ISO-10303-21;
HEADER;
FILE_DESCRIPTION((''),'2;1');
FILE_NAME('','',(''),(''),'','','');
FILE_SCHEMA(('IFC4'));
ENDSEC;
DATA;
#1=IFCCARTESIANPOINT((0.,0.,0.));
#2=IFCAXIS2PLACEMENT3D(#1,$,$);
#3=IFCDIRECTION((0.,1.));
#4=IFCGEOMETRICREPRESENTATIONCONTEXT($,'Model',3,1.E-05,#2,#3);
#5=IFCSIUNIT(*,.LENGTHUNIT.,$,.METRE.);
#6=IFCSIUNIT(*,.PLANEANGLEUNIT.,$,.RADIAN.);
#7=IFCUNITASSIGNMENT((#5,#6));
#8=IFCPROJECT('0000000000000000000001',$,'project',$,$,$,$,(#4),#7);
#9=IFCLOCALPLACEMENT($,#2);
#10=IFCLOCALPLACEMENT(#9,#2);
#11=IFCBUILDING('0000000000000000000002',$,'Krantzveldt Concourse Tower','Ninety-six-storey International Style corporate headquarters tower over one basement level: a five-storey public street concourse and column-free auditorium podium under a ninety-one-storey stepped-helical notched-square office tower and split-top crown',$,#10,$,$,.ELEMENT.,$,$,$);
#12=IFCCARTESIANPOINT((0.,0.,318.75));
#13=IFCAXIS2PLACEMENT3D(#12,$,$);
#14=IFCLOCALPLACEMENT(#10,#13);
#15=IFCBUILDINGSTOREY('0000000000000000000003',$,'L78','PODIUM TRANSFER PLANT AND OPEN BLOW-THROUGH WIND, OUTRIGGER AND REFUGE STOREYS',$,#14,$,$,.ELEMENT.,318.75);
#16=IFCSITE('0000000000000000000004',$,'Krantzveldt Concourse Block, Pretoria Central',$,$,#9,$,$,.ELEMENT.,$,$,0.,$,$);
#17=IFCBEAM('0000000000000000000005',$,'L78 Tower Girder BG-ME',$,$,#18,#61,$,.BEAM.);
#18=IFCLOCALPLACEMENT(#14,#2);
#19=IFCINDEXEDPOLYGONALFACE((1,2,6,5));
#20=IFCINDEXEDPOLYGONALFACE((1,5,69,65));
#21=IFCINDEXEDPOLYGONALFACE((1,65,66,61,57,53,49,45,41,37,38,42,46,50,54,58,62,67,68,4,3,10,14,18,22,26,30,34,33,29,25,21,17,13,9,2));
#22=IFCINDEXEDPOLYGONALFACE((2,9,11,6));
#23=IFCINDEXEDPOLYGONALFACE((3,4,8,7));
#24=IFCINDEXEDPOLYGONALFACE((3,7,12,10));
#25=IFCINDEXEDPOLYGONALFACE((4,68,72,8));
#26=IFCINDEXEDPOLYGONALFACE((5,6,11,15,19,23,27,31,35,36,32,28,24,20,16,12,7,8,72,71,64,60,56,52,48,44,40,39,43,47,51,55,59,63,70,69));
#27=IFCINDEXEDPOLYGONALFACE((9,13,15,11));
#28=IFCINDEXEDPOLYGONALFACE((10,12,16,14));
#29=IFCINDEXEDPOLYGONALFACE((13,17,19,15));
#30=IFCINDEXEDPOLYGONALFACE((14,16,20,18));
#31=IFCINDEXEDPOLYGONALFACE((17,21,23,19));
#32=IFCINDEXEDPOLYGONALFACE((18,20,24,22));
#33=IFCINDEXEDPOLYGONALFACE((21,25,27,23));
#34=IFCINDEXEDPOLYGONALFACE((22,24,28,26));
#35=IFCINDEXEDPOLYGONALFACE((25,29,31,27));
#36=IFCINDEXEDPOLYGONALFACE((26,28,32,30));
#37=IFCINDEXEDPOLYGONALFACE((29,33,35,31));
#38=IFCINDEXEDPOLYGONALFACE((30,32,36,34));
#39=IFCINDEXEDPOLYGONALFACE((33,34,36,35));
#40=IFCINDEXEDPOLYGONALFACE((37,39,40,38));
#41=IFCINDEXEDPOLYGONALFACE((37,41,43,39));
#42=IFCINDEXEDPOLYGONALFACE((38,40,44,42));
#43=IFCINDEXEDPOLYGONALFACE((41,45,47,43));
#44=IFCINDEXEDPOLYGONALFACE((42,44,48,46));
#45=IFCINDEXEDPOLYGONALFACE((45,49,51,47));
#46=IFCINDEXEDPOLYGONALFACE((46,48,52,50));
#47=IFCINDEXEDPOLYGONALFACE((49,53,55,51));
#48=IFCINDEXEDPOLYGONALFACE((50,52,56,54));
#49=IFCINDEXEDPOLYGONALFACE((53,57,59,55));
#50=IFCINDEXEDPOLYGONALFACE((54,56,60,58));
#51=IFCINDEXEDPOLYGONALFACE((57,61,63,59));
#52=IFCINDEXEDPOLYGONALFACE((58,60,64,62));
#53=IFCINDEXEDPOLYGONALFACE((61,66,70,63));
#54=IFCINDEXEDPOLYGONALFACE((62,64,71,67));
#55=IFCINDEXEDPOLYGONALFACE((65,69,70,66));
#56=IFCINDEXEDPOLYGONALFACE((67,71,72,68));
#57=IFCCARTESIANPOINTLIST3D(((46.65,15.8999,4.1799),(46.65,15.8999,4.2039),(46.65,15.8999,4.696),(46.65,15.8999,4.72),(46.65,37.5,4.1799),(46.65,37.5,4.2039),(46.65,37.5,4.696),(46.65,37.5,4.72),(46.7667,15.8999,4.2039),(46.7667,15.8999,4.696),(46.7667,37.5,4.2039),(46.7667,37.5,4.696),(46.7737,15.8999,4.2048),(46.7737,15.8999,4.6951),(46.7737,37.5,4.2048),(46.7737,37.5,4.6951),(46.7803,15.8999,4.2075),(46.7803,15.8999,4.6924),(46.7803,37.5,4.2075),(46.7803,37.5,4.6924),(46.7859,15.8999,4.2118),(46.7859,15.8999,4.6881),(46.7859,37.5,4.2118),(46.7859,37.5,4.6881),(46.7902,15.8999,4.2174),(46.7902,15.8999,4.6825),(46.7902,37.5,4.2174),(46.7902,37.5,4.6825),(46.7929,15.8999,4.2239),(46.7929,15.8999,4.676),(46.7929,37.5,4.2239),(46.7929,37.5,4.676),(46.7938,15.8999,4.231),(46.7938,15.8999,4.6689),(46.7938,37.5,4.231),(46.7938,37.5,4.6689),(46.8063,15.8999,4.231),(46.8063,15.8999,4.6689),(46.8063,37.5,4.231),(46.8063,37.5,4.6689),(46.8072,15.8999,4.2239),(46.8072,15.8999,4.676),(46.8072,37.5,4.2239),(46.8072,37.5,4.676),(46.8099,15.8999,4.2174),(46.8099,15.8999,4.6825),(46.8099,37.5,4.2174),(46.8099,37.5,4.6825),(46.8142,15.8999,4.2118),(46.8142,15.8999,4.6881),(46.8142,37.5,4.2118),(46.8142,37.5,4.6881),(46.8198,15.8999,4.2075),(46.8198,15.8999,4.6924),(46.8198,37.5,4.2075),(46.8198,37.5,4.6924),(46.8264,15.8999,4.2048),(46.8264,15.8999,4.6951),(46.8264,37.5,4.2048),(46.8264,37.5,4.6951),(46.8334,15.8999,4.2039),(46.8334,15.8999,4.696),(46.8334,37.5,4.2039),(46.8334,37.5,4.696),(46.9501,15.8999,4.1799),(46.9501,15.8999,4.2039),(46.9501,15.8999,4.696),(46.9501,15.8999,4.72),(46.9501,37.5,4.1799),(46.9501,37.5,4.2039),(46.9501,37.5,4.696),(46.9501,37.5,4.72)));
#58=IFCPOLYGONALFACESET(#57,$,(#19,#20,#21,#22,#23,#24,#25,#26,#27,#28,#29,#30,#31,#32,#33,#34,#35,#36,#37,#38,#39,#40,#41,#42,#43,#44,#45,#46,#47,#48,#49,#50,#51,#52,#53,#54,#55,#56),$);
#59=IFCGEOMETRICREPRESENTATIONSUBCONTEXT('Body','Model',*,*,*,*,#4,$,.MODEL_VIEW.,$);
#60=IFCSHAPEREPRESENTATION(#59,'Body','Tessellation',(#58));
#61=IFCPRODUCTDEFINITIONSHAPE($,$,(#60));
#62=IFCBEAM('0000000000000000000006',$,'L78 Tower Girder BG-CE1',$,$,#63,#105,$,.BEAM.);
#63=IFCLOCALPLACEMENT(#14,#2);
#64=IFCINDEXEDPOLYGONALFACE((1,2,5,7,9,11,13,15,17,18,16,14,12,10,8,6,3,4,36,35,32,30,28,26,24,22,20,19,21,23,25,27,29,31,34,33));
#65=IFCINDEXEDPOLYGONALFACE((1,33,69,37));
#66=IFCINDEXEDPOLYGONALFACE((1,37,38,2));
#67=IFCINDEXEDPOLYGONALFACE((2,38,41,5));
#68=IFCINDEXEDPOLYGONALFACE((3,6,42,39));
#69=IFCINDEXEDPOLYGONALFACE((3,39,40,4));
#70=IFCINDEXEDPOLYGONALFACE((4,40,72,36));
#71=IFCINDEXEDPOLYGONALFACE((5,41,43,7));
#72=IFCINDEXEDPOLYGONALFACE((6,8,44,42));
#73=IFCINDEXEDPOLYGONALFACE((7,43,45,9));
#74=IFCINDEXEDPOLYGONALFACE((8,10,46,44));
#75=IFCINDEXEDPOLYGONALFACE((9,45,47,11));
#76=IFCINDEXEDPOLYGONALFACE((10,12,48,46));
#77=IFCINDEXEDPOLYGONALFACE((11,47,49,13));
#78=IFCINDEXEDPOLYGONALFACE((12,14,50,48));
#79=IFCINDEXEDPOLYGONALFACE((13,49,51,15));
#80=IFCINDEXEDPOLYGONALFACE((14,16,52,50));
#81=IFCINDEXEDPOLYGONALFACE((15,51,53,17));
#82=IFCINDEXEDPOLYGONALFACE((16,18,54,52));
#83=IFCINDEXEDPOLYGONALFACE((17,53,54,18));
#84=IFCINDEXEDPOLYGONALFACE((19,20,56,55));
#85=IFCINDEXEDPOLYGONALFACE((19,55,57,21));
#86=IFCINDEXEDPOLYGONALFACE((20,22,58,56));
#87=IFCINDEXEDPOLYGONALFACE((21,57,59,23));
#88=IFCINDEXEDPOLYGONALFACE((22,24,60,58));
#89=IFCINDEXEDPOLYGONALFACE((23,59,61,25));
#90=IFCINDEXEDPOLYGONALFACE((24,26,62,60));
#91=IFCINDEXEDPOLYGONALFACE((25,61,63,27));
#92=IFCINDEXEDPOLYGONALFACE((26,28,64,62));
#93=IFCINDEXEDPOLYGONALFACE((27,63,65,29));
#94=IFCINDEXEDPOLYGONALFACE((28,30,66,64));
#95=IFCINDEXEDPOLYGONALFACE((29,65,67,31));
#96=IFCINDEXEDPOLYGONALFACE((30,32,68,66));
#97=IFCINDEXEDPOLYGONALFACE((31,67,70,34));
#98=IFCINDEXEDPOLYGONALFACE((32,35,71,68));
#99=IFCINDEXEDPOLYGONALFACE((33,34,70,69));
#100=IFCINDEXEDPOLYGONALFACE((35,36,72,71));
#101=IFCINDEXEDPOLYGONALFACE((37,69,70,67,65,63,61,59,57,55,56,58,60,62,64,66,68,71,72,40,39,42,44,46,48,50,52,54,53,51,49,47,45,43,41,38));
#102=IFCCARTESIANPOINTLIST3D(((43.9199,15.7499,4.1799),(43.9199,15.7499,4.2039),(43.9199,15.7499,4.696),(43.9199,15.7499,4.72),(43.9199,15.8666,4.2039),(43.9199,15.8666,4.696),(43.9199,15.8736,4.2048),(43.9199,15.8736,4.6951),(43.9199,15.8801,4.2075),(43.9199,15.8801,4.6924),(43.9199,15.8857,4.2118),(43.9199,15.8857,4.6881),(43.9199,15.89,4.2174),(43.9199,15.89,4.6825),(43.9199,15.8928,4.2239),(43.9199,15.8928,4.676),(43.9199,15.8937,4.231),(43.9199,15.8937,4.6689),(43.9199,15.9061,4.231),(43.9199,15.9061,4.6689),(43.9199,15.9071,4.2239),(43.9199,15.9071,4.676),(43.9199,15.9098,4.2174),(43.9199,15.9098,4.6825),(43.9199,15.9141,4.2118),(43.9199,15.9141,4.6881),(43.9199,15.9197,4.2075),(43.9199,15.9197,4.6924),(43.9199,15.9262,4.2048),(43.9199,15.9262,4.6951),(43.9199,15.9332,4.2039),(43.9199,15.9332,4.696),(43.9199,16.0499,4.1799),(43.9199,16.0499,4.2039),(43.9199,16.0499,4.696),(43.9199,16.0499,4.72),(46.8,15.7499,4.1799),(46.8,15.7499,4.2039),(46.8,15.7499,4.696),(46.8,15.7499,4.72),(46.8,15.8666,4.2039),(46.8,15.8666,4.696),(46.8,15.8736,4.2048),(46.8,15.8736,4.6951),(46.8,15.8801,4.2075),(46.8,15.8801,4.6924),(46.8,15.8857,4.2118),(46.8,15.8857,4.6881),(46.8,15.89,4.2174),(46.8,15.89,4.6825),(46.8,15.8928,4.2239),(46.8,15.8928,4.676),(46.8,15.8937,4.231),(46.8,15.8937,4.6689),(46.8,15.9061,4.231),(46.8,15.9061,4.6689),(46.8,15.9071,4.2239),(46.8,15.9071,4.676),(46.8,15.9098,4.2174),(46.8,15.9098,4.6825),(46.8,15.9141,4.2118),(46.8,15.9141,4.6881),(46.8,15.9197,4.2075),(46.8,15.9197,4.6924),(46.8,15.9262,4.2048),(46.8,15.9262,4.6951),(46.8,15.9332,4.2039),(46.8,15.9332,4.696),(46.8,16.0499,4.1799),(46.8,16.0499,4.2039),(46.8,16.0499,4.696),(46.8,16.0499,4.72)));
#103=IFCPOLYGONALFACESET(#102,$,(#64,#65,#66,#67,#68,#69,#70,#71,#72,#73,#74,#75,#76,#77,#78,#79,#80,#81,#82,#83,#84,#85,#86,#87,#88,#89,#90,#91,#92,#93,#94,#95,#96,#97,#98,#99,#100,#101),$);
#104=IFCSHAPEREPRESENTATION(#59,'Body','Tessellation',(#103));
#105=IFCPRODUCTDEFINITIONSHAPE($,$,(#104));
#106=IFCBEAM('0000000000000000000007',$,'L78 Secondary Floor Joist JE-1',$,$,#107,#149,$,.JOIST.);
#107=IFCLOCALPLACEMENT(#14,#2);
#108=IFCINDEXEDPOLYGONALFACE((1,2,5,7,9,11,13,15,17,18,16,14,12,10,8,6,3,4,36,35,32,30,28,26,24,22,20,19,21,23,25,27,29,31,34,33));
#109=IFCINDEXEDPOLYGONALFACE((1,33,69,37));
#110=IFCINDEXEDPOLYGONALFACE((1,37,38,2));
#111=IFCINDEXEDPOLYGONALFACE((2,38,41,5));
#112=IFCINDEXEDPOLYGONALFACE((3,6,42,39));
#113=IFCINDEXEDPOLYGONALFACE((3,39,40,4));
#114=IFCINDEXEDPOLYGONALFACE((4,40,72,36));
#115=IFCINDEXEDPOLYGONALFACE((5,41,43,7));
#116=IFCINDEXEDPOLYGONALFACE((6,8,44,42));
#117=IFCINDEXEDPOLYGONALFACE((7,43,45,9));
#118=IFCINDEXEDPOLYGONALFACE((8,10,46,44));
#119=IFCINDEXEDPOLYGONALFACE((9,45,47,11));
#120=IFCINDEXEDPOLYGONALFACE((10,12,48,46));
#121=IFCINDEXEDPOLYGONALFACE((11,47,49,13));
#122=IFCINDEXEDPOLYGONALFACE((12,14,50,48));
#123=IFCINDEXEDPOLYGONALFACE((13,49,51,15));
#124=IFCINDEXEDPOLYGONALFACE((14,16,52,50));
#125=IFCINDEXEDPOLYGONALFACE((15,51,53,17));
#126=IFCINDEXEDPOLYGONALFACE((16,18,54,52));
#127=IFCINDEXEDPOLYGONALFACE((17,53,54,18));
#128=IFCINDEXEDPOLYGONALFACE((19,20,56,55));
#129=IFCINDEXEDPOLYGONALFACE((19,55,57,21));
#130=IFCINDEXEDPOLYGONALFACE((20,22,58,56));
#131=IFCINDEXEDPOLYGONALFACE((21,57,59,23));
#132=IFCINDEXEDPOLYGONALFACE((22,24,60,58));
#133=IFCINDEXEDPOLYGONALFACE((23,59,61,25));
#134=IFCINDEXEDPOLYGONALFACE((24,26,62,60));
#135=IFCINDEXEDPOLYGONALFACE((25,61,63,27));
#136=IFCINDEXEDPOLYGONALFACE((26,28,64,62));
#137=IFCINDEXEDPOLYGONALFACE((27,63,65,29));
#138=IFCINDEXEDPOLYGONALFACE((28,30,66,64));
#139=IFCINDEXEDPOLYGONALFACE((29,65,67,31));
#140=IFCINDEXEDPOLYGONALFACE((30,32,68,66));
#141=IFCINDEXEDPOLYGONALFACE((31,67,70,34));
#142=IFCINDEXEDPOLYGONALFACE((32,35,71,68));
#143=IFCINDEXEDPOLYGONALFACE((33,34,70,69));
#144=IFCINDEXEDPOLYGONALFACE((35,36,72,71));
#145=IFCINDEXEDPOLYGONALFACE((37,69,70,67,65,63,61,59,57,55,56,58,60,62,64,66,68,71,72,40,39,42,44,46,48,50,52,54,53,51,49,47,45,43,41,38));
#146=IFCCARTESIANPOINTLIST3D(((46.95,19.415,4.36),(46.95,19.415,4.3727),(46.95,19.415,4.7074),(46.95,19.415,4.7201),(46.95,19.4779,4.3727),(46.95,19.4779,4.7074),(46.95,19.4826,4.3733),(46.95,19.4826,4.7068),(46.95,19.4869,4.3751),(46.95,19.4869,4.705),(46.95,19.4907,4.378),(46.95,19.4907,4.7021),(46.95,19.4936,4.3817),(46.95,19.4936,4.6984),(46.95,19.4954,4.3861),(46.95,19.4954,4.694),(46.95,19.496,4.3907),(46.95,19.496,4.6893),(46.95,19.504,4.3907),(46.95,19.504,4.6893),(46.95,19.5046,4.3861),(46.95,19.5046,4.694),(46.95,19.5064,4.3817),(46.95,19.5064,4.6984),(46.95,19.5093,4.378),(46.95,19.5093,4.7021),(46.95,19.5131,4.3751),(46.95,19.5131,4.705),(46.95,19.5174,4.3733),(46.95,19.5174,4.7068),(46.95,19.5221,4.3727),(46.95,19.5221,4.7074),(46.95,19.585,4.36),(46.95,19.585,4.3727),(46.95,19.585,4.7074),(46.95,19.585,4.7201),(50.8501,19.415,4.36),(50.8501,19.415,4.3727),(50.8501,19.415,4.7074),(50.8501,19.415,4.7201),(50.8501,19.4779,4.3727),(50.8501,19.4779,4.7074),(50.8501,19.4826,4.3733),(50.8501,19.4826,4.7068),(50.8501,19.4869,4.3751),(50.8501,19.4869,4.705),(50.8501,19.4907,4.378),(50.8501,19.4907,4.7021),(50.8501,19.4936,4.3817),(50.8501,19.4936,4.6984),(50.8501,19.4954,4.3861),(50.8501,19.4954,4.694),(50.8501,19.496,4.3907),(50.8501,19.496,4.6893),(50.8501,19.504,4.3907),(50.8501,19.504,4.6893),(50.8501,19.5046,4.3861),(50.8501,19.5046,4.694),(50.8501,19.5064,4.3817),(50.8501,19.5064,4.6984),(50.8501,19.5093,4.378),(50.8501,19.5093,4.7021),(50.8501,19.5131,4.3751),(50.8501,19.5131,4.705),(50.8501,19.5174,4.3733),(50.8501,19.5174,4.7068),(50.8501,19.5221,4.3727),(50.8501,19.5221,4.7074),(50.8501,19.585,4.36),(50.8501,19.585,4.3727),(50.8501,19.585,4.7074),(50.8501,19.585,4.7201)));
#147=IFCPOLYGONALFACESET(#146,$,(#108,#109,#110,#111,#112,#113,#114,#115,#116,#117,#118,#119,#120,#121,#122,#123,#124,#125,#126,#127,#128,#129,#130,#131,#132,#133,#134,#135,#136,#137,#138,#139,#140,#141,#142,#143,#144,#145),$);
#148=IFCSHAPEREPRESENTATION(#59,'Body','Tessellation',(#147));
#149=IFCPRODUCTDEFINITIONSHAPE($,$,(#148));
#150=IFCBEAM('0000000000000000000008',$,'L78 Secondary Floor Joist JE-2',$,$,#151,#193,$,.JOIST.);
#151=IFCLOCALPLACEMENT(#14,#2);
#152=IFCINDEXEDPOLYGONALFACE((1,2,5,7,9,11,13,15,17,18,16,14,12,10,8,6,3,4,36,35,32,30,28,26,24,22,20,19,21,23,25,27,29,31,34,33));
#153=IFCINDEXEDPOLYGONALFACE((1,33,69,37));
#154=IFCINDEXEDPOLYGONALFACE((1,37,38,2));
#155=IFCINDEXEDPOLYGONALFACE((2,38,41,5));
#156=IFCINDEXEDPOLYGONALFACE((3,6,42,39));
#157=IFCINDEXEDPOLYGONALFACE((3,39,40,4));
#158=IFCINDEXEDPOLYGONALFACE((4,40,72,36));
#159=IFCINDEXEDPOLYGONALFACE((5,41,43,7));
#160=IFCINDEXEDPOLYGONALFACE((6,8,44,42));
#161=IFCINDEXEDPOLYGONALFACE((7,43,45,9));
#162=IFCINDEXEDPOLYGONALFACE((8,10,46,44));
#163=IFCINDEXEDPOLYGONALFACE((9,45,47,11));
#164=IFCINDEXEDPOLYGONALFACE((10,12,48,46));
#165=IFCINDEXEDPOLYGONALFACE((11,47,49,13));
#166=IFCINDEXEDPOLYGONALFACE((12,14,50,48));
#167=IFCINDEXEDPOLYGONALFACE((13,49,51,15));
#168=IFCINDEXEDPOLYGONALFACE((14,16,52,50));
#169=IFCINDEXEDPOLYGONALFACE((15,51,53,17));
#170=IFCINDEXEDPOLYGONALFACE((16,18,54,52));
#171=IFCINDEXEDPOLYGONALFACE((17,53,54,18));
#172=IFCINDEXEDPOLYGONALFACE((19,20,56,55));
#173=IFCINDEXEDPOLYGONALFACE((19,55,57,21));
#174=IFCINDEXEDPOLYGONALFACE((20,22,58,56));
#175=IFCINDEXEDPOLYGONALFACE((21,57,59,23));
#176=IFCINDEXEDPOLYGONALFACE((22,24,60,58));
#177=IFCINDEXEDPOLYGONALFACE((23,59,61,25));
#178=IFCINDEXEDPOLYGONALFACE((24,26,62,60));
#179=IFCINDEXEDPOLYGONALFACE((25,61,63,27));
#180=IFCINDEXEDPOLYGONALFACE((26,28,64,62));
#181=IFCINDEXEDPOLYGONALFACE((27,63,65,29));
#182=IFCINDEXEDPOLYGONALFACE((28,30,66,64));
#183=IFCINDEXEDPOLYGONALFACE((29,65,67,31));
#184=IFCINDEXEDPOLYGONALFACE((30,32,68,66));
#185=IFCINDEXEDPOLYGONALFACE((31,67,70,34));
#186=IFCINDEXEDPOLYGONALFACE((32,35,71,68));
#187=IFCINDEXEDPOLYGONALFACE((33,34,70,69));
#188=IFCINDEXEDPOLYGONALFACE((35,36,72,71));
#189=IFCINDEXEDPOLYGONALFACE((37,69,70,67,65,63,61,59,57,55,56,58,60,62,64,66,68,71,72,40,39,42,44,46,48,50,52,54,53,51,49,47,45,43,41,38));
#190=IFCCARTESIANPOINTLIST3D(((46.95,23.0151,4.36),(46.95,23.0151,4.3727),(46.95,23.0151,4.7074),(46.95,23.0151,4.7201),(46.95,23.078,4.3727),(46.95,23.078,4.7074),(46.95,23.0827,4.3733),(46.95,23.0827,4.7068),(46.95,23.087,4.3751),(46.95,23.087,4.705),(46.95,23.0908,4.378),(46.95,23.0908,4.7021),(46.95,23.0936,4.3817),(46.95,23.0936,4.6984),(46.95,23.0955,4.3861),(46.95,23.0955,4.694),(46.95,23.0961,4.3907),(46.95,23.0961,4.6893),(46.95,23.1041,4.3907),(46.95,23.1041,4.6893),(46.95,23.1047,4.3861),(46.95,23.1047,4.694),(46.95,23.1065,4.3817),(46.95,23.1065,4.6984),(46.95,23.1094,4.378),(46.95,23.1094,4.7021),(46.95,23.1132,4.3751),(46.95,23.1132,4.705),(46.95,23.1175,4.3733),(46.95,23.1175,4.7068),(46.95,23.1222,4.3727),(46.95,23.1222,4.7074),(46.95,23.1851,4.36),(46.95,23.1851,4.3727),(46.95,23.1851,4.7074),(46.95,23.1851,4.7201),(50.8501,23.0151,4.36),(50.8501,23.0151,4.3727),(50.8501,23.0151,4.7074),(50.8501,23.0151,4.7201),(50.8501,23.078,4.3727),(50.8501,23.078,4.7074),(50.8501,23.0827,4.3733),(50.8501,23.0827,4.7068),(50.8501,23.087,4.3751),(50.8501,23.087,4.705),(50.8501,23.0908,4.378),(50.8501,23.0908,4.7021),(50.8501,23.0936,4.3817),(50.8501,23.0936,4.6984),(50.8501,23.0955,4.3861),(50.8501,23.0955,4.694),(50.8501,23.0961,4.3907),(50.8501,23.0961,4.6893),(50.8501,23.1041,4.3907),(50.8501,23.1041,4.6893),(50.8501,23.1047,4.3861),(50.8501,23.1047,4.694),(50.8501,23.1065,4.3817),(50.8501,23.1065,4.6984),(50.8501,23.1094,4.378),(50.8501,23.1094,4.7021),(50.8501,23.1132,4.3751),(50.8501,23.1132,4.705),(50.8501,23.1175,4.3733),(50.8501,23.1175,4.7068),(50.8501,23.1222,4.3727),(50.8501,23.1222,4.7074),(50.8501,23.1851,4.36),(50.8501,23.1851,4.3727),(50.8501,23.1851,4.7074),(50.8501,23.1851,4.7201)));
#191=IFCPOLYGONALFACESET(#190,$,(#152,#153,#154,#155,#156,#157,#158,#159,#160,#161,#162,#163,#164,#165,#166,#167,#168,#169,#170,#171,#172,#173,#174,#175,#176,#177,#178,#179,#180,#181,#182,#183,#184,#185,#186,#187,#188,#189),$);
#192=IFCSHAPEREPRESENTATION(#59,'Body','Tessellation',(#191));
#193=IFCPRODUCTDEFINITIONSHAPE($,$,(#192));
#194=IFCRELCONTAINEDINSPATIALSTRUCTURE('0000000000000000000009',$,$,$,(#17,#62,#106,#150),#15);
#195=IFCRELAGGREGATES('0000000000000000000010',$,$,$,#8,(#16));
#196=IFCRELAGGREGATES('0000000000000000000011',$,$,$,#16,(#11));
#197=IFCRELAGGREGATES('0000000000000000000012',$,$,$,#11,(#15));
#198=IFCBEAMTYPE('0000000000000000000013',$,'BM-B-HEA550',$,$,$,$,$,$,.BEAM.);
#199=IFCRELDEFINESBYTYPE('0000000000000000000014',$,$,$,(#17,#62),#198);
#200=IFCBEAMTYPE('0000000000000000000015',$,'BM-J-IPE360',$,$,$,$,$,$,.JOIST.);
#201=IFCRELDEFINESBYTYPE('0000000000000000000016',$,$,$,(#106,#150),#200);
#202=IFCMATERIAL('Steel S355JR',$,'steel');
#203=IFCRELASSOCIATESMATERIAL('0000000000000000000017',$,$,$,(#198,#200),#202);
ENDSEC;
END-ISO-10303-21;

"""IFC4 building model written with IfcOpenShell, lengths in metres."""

from ifc_helpers import new_model, si_unit, direction, frame, origin, origin_2d, place, context, subcontext, project, spatial, i_section, extrude, source, transform, mapped, material, material_profile, profile_set, type_object, type_shapes, element, save


model = new_model("IFC4")

# Units and contexts
model_context = context("Model", 3, precision=1e-05, world=origin(), true_north=direction((0.0, 1.0)))
body_context = subcontext(model_context, "Body", "Model", "MODEL_VIEW")
ifc_project = project(units=[si_unit("LENGTHUNIT", "METRE"), si_unit("PLANEANGLEUNIT", "RADIAN")], contexts=[model_context])

# Site, building, storey
site_placement = place(None, origin())
site = spatial("IfcSite", under=ifc_project, at=site_placement, Name="Krantzveldt Concourse Block, Pretoria Central", CompositionType="ELEMENT", RefElevation=0.0)
building_placement = place(site_placement, origin())
building = spatial("IfcBuilding", under=site, at=building_placement, Name="Krantzveldt Concourse Tower", Description="Ninety-six-storey International Style corporate headquarters tower over one basement level: a five-storey public street concourse and column-free auditorium podium under a ninety-one-storey stepped-helical notched-square office tower and split-top crown", CompositionType="ELEMENT")
storey_placement = place(building_placement, frame((0.0, 0.0, 318.75)))
storey = spatial("IfcBuildingStorey", under=building, at=storey_placement, Name="L78", Description="PODIUM TRANSFER PLANT AND OPEN BLOW-THROUGH WIND, OUTRIGGER AND REFUGE STOREYS", CompositionType="ELEMENT", Elevation=318.75)

# Beams
ifc_material_1 = material(Name="Steel S355JR", Category="steel")
ifc_material_profile_1 = material_profile(ifc_material_1, i_section(OverallWidth=0.3, OverallDepth=0.54, WebThickness=0.0125, FlangeThickness=0.0239, FilletRadius=0.0271, at=origin_2d()), Name="Steel S355JR", Category="steel")
ifc_profile_set_1 = profile_set([ifc_material_profile_1], Name="Steel S355JR - HEA 550")
beam_type_1 = type_object("IfcBeamType", Name="BM-B-HEA550", PredefinedType="BEAM", material=ifc_profile_set_1)
shared_shape_1 = source(origin(), body_context, "Body", "SweptSolid", [
    extrude(i_section(OverallWidth=0.3, OverallDepth=0.54, WebThickness=0.0125, FlangeThickness=0.0239, FilletRadius=0.0271, at=origin_2d()), origin(), (0.0, 0.0, 1.0), 21.6001),
])
beam_1_placement = place(storey_placement, frame((46.8, 15.8999, 4.45), z_axis=(0.0, 1.0, 0.0), x_axis=(-1.0, 0.0, 0.0)))
element("IfcBeam", 1, at=beam_1_placement, inside=storey, type_object=beam_type_1, Name="L78 Tower Girder BG-ME", PredefinedType="BEAM", context=body_context, shape_type="MappedRepresentation", body=[
    mapped(shared_shape_1, transform((0.0, 0.0, 0.0), x_axis=(1.0, 0.0, 0.0), y_axis=(0.0, 1.0, 0.0), z_axis=(0.0, 0.0, 1.0), scale=1.0)),
])
shared_shape_2 = source(origin(), body_context, "Body", "SweptSolid", [
    extrude(i_section(OverallWidth=0.3, OverallDepth=0.54, WebThickness=0.0125, FlangeThickness=0.0239, FilletRadius=0.0271, at=origin_2d()), origin(), (0.0, 0.0, 1.0), 2.8801),
])
type_shapes(beam_type_1, [shared_shape_1, shared_shape_2])
beam_2_placement = place(storey_placement, frame((43.9199, 15.8999, 4.45), z_axis=(1.0, 0.0, 0.0), x_axis=(0.0, 1.0, 0.0)))
element("IfcBeam", 2, at=beam_2_placement, inside=storey, type_object=beam_type_1, Name="L78 Tower Girder BG-CE1", PredefinedType="BEAM", context=body_context, shape_type="MappedRepresentation", body=[
    mapped(shared_shape_2, transform((0.0, 0.0, 0.0), x_axis=(1.0, 0.0, 0.0), y_axis=(0.0, 1.0, 0.0), z_axis=(0.0, 0.0, 1.0), scale=1.0)),
])
ifc_material_profile_2 = material_profile(ifc_material_1, i_section(OverallWidth=0.1699, OverallDepth=0.3601, WebThickness=0.0081, FlangeThickness=0.0127, FilletRadius=0.0181, at=origin_2d()), Name="Steel S355JR", Category="steel")
ifc_profile_set_2 = profile_set([ifc_material_profile_2], Name="Steel S355JR - IPE 360")
beam_type_2 = type_object("IfcBeamType", Name="BM-J-IPE360", PredefinedType="JOIST", material=ifc_profile_set_2)
shared_shape_3 = source(origin(), body_context, "Body", "SweptSolid", [
    extrude(i_section(OverallWidth=0.1699, OverallDepth=0.3601, WebThickness=0.0081, FlangeThickness=0.0127, FilletRadius=0.0181, at=origin_2d()), origin(), (0.0, 0.0, 1.0), 3.9001),
])
type_shapes(beam_type_2, [shared_shape_3])
for number, where, z_axis, x_axis, name in (
    (3, (46.95, 19.5, 4.54), (1.0, 0.0, 0.0), (0.0, 1.0, 0.0), "L78 Secondary Floor Joist JE-1"),
    (4, (46.95, 23.1001, 4.54), (1.0, 0.0, 0.0), (0.0, 1.0, 0.0), "L78 Secondary Floor Joist JE-2"),
):
    element("IfcBeam", number, at=place(storey_placement, frame(where, z_axis=z_axis, x_axis=x_axis)), inside=storey, type_object=beam_type_2, Name=name, PredefinedType="JOIST", context=body_context, shape_type="MappedRepresentation", body=[
        mapped(shared_shape_3, transform((0.0, 0.0, 0.0), x_axis=(1.0, 0.0, 0.0), y_axis=(0.0, 1.0, 0.0), z_axis=(0.0, 0.0, 1.0), scale=1.0)),
    ])

save(model, "model.ifc")
